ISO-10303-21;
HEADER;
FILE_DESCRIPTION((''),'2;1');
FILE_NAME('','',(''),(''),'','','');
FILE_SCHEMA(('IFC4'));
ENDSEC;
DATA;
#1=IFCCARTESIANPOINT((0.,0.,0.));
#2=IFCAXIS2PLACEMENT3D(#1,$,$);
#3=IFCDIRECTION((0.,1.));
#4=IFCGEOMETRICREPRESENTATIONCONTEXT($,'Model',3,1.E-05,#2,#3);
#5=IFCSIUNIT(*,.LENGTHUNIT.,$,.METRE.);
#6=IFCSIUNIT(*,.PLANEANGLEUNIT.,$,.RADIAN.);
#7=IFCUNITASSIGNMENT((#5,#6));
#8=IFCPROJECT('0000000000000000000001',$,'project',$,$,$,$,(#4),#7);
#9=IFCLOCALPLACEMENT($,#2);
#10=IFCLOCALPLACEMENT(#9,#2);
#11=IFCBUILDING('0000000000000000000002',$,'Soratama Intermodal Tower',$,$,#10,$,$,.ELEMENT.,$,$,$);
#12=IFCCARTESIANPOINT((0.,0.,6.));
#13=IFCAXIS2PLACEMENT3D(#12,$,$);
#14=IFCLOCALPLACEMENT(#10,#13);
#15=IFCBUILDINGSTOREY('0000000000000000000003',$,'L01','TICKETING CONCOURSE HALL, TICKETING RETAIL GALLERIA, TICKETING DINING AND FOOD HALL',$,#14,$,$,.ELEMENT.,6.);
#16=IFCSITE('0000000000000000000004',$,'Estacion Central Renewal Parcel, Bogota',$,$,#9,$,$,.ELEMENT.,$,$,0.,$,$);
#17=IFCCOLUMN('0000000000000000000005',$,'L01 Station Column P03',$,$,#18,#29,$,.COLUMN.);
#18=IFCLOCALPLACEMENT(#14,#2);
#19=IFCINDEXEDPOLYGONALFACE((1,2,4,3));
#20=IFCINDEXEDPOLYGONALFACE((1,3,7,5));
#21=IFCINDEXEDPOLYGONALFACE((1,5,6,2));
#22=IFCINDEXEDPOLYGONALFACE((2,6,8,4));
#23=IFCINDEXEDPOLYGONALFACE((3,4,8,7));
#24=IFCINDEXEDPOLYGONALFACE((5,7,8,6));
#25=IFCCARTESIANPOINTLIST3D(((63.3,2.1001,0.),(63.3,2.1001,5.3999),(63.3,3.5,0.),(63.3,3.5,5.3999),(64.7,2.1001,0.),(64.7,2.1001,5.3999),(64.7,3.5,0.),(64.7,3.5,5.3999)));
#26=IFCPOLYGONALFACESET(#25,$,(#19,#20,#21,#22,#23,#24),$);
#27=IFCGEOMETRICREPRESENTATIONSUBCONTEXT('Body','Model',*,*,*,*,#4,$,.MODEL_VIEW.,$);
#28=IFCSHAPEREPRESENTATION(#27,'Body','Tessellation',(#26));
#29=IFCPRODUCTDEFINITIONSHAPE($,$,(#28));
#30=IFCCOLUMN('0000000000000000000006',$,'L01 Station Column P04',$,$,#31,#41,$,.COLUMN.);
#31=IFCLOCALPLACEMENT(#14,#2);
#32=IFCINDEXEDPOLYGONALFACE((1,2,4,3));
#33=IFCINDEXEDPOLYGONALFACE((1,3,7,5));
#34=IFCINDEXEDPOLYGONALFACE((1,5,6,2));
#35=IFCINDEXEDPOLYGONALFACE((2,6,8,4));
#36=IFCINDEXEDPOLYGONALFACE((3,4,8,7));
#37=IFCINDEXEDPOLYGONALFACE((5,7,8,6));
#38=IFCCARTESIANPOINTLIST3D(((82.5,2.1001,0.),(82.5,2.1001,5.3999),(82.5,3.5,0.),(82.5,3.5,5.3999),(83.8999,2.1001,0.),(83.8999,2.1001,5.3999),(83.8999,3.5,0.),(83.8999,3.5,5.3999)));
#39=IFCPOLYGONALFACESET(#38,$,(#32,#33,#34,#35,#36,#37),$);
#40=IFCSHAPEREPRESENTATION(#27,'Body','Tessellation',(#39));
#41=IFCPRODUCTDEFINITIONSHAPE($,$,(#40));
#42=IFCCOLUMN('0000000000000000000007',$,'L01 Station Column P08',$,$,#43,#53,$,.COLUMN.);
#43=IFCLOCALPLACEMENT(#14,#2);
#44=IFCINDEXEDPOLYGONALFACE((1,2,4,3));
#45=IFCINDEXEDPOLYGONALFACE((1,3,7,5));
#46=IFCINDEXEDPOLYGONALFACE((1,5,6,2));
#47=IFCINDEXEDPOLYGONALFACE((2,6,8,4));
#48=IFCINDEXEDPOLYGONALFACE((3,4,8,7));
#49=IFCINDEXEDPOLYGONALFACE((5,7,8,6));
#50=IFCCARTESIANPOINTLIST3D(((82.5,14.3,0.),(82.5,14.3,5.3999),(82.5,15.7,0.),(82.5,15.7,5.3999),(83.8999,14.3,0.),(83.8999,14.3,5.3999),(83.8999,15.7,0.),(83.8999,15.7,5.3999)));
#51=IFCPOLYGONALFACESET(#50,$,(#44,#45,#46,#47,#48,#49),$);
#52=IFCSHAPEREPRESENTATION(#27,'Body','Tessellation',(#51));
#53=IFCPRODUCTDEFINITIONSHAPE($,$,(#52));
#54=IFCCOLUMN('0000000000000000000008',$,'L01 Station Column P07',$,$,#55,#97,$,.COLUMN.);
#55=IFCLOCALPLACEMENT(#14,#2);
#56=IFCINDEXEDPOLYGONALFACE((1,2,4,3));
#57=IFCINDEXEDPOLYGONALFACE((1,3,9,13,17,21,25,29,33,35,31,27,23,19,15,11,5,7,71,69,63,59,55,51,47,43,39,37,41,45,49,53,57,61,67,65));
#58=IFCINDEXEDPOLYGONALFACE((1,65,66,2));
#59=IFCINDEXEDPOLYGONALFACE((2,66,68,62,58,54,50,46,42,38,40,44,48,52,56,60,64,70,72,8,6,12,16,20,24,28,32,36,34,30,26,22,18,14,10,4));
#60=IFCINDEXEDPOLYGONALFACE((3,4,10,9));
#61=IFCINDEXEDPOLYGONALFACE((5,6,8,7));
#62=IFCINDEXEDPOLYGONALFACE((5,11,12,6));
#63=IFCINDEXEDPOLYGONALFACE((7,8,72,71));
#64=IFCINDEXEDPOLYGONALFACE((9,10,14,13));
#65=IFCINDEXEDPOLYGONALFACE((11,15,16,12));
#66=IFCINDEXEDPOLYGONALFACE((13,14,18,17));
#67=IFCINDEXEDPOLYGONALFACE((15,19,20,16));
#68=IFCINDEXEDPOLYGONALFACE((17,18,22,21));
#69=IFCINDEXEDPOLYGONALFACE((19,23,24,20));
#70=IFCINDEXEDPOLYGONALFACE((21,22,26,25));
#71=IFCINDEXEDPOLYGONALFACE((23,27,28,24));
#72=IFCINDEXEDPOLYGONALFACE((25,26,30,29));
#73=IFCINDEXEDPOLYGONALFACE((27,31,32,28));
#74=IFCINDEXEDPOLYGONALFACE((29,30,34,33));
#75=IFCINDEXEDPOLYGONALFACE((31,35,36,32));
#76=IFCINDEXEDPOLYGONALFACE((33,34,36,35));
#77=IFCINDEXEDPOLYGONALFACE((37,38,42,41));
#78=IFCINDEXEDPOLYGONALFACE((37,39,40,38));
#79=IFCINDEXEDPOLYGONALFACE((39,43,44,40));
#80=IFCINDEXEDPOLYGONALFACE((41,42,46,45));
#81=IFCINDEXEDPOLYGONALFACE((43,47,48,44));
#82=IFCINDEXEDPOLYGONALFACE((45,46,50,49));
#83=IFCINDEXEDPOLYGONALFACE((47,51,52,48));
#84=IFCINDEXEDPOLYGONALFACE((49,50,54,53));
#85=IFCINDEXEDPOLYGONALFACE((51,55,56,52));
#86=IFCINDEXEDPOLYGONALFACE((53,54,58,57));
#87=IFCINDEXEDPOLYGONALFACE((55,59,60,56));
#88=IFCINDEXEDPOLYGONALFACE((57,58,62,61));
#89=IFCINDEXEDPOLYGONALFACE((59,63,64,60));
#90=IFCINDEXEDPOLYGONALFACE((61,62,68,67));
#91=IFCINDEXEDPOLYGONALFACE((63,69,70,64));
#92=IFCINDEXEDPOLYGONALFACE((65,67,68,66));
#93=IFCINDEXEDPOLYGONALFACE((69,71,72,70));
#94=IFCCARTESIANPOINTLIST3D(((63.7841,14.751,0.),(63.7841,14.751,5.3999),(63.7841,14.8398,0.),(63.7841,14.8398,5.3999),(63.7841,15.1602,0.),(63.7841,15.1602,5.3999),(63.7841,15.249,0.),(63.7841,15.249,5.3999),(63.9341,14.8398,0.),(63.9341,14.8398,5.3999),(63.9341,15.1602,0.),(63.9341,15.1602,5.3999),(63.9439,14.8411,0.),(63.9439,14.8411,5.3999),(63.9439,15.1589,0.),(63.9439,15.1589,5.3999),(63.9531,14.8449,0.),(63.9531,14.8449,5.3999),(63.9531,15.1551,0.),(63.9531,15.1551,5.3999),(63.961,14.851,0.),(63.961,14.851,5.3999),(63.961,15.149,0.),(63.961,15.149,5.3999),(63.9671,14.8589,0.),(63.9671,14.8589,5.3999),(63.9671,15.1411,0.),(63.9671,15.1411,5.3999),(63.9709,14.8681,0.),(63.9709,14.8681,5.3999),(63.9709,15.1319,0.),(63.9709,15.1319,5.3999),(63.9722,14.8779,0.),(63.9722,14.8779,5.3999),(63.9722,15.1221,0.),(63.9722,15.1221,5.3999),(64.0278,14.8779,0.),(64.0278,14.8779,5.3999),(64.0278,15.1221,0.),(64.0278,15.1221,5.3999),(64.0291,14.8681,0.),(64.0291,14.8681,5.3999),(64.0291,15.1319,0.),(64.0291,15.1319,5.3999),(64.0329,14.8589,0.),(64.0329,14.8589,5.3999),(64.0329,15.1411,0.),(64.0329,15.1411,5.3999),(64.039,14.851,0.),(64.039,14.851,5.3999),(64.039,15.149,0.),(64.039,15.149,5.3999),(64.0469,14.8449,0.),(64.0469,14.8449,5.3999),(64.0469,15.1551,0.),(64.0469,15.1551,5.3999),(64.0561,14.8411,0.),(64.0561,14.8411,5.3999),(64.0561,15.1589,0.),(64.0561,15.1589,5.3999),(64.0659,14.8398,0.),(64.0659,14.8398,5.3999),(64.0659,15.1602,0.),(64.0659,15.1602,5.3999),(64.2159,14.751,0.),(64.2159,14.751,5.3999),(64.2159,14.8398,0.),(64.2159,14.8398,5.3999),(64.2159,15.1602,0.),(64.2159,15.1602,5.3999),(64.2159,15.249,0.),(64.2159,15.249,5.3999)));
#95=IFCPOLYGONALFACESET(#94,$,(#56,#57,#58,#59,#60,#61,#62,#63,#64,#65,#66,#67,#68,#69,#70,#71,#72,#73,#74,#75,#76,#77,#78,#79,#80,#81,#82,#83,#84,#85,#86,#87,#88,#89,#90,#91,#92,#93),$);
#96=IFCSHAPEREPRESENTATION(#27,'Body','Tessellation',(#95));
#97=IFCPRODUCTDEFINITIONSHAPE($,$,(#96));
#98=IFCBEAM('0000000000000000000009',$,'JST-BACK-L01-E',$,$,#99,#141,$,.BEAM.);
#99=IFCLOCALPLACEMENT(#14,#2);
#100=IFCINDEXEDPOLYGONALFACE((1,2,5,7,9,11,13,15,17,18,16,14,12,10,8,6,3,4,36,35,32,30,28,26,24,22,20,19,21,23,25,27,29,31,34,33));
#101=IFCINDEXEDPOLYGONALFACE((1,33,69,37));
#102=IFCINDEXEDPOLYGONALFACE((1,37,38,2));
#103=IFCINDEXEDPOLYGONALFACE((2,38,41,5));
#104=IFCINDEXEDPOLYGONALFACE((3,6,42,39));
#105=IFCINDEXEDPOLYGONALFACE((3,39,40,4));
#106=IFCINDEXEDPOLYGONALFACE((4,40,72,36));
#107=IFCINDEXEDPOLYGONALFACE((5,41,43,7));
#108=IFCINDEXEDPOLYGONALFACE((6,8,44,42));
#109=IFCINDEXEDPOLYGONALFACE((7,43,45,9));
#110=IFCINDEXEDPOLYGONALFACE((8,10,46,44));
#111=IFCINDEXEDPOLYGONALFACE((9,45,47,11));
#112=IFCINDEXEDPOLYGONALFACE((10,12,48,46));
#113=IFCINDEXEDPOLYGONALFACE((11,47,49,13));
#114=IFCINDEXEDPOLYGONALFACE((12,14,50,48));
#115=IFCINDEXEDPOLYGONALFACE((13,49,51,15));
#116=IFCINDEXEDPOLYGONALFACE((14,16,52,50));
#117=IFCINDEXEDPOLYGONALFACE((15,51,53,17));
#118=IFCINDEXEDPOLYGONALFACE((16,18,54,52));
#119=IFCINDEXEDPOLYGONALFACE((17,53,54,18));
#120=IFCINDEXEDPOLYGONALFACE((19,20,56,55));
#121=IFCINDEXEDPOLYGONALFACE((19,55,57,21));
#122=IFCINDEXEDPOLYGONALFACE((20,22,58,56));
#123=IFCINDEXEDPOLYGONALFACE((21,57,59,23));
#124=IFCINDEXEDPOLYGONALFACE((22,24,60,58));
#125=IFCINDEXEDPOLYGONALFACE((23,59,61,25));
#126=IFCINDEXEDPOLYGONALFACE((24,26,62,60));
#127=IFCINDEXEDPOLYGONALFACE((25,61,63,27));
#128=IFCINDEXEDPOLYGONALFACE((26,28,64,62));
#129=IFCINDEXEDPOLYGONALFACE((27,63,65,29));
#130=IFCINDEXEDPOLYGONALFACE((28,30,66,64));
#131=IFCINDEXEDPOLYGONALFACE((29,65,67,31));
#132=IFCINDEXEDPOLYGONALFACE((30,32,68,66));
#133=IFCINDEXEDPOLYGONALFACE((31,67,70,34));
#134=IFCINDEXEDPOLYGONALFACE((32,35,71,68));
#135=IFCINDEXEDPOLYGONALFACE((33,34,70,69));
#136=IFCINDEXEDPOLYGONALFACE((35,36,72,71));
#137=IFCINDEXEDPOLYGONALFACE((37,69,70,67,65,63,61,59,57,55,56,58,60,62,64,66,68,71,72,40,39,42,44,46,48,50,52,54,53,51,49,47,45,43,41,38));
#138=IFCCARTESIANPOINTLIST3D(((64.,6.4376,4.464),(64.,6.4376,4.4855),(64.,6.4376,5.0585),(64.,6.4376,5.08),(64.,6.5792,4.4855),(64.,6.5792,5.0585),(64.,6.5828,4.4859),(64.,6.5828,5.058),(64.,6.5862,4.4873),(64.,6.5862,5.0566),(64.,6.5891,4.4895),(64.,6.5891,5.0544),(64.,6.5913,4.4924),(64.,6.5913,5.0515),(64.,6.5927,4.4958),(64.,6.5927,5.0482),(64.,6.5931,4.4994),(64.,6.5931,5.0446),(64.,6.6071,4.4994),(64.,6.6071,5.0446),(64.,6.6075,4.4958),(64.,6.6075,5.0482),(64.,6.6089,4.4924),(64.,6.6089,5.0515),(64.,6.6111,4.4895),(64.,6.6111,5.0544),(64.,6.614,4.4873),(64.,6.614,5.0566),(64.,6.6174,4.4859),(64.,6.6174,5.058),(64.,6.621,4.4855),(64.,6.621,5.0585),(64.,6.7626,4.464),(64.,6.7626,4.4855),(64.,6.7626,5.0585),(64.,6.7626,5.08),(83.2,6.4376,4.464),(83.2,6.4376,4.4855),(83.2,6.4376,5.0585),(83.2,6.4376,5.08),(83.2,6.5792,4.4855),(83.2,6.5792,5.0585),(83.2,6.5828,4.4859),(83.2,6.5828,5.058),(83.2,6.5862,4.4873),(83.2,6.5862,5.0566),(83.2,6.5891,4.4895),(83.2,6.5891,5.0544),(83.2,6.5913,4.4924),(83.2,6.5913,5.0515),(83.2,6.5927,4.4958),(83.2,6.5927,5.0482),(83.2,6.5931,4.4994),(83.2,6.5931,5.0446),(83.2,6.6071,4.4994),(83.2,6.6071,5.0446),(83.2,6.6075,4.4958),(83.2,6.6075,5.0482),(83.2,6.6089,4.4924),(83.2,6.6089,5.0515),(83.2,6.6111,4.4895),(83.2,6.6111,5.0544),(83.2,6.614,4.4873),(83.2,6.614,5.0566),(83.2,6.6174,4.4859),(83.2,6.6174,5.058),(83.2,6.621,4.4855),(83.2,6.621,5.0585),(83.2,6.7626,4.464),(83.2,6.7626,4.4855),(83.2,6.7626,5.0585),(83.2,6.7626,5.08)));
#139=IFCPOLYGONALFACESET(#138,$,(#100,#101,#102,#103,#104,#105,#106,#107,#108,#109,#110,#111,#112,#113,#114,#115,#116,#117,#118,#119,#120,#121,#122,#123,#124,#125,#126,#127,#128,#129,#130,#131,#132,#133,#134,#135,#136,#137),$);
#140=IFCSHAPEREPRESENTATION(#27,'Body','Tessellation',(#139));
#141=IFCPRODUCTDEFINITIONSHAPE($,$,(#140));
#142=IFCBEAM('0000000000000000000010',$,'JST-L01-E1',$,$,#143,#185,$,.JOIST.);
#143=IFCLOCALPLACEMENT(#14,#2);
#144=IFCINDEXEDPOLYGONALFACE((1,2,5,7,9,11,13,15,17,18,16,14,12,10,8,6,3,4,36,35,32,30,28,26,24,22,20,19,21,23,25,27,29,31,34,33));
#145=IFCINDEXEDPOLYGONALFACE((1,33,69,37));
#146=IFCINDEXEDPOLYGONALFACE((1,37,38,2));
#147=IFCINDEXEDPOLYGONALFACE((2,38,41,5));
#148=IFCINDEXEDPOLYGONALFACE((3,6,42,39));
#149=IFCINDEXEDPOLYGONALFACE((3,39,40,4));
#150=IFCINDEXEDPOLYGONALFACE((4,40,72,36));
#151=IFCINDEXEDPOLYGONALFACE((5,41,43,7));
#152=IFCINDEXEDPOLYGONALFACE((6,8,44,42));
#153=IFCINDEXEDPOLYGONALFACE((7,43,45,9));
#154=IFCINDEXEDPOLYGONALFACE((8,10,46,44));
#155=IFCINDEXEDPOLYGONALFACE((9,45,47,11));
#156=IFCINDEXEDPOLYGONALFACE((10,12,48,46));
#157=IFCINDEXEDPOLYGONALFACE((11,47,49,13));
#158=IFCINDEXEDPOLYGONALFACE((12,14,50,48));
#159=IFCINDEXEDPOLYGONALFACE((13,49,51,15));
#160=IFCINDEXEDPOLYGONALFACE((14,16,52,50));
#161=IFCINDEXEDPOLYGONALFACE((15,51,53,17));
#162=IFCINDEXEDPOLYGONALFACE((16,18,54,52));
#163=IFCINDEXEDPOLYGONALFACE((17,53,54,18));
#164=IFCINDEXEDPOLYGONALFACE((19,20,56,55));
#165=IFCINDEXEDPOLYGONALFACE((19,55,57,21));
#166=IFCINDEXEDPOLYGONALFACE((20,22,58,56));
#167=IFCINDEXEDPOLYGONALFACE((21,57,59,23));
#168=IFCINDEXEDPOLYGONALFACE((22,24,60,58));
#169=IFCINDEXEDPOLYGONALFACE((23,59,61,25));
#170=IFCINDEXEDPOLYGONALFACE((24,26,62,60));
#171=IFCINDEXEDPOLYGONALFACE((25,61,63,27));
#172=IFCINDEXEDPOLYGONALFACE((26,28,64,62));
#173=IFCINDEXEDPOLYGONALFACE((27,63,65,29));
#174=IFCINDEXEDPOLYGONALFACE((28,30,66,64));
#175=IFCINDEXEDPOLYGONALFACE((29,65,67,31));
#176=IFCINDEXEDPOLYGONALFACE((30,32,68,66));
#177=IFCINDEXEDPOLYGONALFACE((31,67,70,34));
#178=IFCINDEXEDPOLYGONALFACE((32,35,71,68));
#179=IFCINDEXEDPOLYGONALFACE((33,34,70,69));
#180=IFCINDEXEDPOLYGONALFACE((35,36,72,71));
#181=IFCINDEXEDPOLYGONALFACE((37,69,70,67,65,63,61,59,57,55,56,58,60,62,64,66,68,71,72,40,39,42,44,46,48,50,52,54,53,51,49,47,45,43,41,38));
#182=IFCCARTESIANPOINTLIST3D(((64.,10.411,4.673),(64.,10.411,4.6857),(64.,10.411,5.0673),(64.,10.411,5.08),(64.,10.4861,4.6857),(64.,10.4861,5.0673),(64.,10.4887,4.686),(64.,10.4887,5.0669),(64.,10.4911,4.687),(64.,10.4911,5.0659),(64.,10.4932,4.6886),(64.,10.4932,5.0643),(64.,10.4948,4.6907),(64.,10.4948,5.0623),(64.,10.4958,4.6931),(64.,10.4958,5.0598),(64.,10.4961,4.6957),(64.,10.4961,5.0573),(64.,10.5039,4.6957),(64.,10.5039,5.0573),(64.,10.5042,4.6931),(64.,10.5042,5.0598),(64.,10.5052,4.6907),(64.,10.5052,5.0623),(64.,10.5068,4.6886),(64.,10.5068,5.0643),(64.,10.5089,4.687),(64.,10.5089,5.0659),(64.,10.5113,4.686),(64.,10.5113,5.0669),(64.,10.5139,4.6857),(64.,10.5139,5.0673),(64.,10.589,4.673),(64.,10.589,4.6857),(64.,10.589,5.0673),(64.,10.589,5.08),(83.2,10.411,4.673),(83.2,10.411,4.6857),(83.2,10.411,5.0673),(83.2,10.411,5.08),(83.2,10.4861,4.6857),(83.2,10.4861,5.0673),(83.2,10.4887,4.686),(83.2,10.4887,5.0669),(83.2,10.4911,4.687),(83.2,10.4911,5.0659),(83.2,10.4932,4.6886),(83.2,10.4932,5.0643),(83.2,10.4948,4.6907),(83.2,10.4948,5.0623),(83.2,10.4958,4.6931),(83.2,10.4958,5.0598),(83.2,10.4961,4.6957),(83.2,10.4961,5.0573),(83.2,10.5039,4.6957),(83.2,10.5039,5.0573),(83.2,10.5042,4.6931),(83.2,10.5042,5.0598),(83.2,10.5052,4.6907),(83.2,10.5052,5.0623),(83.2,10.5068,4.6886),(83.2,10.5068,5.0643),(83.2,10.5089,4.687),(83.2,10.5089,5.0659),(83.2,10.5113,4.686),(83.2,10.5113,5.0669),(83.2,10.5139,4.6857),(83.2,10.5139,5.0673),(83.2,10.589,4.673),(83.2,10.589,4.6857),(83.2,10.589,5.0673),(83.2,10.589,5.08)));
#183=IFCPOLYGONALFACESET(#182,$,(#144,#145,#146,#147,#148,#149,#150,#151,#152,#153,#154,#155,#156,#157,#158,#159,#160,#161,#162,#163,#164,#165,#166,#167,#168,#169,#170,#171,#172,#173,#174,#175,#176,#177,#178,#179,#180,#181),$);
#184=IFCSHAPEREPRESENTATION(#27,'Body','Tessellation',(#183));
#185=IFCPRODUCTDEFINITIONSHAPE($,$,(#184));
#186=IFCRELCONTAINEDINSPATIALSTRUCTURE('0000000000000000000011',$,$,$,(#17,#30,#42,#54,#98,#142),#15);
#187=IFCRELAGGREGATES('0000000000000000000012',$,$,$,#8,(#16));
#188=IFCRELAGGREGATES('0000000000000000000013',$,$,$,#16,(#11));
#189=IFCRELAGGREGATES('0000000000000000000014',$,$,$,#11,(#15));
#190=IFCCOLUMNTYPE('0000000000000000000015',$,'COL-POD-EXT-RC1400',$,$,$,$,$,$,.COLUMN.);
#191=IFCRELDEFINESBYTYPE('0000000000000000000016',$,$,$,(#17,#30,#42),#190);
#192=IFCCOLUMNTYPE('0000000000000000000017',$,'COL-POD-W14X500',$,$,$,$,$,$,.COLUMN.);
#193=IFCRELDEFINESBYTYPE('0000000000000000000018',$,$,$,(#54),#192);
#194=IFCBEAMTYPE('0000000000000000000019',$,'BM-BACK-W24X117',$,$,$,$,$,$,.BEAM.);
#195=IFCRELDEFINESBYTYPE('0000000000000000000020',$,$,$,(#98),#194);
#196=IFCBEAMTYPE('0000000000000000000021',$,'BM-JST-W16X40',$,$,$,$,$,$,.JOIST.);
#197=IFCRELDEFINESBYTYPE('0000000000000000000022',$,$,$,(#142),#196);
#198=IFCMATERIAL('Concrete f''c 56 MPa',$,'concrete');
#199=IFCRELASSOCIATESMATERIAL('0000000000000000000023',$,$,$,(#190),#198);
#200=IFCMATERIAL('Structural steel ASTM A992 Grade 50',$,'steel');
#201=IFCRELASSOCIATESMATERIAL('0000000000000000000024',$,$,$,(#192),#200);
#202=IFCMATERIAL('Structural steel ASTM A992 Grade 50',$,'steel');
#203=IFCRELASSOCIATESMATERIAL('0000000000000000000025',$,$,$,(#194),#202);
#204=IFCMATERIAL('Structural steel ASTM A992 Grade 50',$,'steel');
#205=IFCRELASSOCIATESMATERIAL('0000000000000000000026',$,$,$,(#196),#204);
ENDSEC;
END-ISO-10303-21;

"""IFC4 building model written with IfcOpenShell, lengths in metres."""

from ifc_helpers import new_model, si_unit, direction, frame, origin, origin_2d, place, context, subcontext, project, spatial, rectangle, i_section, extrude, material, material_profile, profile_set, type_object, element, save


model = new_model("IFC4")

# Units and contexts
model_context = context("Model", 3, precision=1e-05, world=origin(), true_north=direction((0.0, 1.0)))
body_context = subcontext(model_context, "Body", "Model", "MODEL_VIEW")
ifc_project = project(units=[si_unit("LENGTHUNIT", "METRE"), si_unit("PLANEANGLEUNIT", "RADIAN")], contexts=[model_context])

# Site, building, storey
site_placement = place(None, origin())
site = spatial("IfcSite", under=ifc_project, at=site_placement, Name="Estacion Central Renewal Parcel, Bogota", CompositionType="ELEMENT", RefElevation=0.0)
building_placement = place(site_placement, origin())
building = spatial("IfcBuilding", under=site, at=building_placement, Name="Soratama Intermodal Tower", CompositionType="ELEMENT")
storey_placement = place(building_placement, frame((0.0, 0.0, 6.0)))
storey = spatial("IfcBuildingStorey", under=building, at=storey_placement, Name="L01", Description="TICKETING CONCOURSE HALL, TICKETING RETAIL GALLERIA, TICKETING DINING AND FOOD HALL", CompositionType="ELEMENT", Elevation=6.0)

# Columns
ifc_material_1 = material(Name="Concrete f'c 56 MPa", Category="concrete")
ifc_material_profile_1 = material_profile(ifc_material_1, rectangle(XDim=1.3999, YDim=1.3999, at=origin_2d()), Name="RC1400X1400")
ifc_profile_set_1 = profile_set([ifc_material_profile_1], Name="Concrete f'c 56 MPa")
column_type_1 = type_object("IfcColumnType", Name="COL-POD-EXT-RC1400", PredefinedType="COLUMN", material=ifc_profile_set_1)
for number, where, z_axis, x_axis, name in (
    (1, (64.0, 2.8, 0.0), (0.0, 0.0, 1.0), (1.0, 0.0, 0.0), "L01 Station Column P03"),
    (2, (83.2, 2.8, 0.0), (0.0, 0.0, 1.0), (1.0, 0.0, 0.0), "L01 Station Column P04"),
    (3, (83.2, 15.0, 0.0), (0.0, 0.0, 1.0), (1.0, 0.0, 0.0), "L01 Station Column P08"),
):
    element("IfcColumn", number, at=place(storey_placement, frame(where, z_axis=z_axis, x_axis=x_axis)), inside=storey, type_object=column_type_1, Name=name, PredefinedType="COLUMN", context=body_context, shape_type="SweptSolid", body=[
        extrude(rectangle(XDim=1.3999, YDim=1.3999, at=origin_2d()), origin(), (0.0, 0.0, 1.0), 5.3999),
    ])
ifc_material_2 = material(Name="Structural steel ASTM A992 Grade 50", Category="steel")
ifc_material_profile_2 = material_profile(ifc_material_2, i_section(OverallWidth=0.4319, OverallDepth=0.498, WebThickness=0.0557, FlangeThickness=0.0889, FilletRadius=0.0381, at=origin_2d()), Name="W14X500")
ifc_profile_set_2 = profile_set([ifc_material_profile_2], Name="Structural steel ASTM A992 Grade 50")
column_type_2 = type_object("IfcColumnType", Name="COL-POD-W14X500", PredefinedType="COLUMN", material=ifc_profile_set_2)
column_placement = place(storey_placement, frame((64.0, 15.0, 0.0), z_axis=(0.0, 0.0, 1.0), x_axis=(1.0, 0.0, 0.0)))
element("IfcColumn", 4, at=column_placement, inside=storey, type_object=column_type_2, Name="L01 Station Column P07", PredefinedType="COLUMN", context=body_context, shape_type="SweptSolid", body=[
    extrude(i_section(OverallWidth=0.4319, OverallDepth=0.498, WebThickness=0.0557, FlangeThickness=0.0889, FilletRadius=0.0381, at=origin_2d()), origin(), (0.0, 0.0, 1.0), 5.3999),
])

# Beams
ifc_material_3 = material(Name="Structural steel ASTM A992 Grade 50", Category="steel")
ifc_material_profile_3 = material_profile(ifc_material_3, i_section(OverallWidth=0.325, OverallDepth=0.616, WebThickness=0.0139, FlangeThickness=0.0215, FilletRadius=0.0139, at=origin_2d()), Name="W24X117")
ifc_profile_set_3 = profile_set([ifc_material_profile_3], Name="Structural steel ASTM A992 Grade 50")
beam_type_1 = type_object("IfcBeamType", Name="BM-BACK-W24X117", PredefinedType="BEAM", material=ifc_profile_set_3)
beam_1_placement = place(storey_placement, frame((64.0, 6.6001, 4.772), z_axis=(1.0, 0.0, 0.0), x_axis=(0.0, 1.0, 0.0)))
element("IfcBeam", 5, at=beam_1_placement, inside=storey, type_object=beam_type_1, Name="JST-BACK-L01-E", PredefinedType="BEAM", context=body_context, shape_type="SweptSolid", body=[
    extrude(i_section(OverallWidth=0.325, OverallDepth=0.616, WebThickness=0.0139, FlangeThickness=0.0215, FilletRadius=0.0139, at=origin_2d()), origin(), (0.0, 0.0, 1.0), 19.2),
])
ifc_material_4 = material(Name="Structural steel ASTM A992 Grade 50", Category="steel")
ifc_material_profile_4 = material_profile(ifc_material_4, i_section(OverallWidth=0.178, OverallDepth=0.407, WebThickness=0.0078, FlangeThickness=0.0127, FilletRadius=0.01, at=origin_2d()), Name="W16X40")
ifc_profile_set_4 = profile_set([ifc_material_profile_4], Name="Structural steel ASTM A992 Grade 50")
beam_type_2 = type_object("IfcBeamType", Name="BM-JST-W16X40", PredefinedType="JOIST", material=ifc_profile_set_4)
beam_2_placement = place(storey_placement, frame((64.0, 10.5, 4.8765), z_axis=(1.0, 0.0, 0.0), x_axis=(0.0, 1.0, 0.0)))
element("IfcBeam", 6, at=beam_2_placement, inside=storey, type_object=beam_type_2, Name="JST-L01-E1", PredefinedType="JOIST", context=body_context, shape_type="SweptSolid", body=[
    extrude(i_section(OverallWidth=0.178, OverallDepth=0.407, WebThickness=0.0078, FlangeThickness=0.0127, FilletRadius=0.01, at=origin_2d()), origin(), (0.0, 0.0, 1.0), 19.2),
])

save(model, "model.ifc")
